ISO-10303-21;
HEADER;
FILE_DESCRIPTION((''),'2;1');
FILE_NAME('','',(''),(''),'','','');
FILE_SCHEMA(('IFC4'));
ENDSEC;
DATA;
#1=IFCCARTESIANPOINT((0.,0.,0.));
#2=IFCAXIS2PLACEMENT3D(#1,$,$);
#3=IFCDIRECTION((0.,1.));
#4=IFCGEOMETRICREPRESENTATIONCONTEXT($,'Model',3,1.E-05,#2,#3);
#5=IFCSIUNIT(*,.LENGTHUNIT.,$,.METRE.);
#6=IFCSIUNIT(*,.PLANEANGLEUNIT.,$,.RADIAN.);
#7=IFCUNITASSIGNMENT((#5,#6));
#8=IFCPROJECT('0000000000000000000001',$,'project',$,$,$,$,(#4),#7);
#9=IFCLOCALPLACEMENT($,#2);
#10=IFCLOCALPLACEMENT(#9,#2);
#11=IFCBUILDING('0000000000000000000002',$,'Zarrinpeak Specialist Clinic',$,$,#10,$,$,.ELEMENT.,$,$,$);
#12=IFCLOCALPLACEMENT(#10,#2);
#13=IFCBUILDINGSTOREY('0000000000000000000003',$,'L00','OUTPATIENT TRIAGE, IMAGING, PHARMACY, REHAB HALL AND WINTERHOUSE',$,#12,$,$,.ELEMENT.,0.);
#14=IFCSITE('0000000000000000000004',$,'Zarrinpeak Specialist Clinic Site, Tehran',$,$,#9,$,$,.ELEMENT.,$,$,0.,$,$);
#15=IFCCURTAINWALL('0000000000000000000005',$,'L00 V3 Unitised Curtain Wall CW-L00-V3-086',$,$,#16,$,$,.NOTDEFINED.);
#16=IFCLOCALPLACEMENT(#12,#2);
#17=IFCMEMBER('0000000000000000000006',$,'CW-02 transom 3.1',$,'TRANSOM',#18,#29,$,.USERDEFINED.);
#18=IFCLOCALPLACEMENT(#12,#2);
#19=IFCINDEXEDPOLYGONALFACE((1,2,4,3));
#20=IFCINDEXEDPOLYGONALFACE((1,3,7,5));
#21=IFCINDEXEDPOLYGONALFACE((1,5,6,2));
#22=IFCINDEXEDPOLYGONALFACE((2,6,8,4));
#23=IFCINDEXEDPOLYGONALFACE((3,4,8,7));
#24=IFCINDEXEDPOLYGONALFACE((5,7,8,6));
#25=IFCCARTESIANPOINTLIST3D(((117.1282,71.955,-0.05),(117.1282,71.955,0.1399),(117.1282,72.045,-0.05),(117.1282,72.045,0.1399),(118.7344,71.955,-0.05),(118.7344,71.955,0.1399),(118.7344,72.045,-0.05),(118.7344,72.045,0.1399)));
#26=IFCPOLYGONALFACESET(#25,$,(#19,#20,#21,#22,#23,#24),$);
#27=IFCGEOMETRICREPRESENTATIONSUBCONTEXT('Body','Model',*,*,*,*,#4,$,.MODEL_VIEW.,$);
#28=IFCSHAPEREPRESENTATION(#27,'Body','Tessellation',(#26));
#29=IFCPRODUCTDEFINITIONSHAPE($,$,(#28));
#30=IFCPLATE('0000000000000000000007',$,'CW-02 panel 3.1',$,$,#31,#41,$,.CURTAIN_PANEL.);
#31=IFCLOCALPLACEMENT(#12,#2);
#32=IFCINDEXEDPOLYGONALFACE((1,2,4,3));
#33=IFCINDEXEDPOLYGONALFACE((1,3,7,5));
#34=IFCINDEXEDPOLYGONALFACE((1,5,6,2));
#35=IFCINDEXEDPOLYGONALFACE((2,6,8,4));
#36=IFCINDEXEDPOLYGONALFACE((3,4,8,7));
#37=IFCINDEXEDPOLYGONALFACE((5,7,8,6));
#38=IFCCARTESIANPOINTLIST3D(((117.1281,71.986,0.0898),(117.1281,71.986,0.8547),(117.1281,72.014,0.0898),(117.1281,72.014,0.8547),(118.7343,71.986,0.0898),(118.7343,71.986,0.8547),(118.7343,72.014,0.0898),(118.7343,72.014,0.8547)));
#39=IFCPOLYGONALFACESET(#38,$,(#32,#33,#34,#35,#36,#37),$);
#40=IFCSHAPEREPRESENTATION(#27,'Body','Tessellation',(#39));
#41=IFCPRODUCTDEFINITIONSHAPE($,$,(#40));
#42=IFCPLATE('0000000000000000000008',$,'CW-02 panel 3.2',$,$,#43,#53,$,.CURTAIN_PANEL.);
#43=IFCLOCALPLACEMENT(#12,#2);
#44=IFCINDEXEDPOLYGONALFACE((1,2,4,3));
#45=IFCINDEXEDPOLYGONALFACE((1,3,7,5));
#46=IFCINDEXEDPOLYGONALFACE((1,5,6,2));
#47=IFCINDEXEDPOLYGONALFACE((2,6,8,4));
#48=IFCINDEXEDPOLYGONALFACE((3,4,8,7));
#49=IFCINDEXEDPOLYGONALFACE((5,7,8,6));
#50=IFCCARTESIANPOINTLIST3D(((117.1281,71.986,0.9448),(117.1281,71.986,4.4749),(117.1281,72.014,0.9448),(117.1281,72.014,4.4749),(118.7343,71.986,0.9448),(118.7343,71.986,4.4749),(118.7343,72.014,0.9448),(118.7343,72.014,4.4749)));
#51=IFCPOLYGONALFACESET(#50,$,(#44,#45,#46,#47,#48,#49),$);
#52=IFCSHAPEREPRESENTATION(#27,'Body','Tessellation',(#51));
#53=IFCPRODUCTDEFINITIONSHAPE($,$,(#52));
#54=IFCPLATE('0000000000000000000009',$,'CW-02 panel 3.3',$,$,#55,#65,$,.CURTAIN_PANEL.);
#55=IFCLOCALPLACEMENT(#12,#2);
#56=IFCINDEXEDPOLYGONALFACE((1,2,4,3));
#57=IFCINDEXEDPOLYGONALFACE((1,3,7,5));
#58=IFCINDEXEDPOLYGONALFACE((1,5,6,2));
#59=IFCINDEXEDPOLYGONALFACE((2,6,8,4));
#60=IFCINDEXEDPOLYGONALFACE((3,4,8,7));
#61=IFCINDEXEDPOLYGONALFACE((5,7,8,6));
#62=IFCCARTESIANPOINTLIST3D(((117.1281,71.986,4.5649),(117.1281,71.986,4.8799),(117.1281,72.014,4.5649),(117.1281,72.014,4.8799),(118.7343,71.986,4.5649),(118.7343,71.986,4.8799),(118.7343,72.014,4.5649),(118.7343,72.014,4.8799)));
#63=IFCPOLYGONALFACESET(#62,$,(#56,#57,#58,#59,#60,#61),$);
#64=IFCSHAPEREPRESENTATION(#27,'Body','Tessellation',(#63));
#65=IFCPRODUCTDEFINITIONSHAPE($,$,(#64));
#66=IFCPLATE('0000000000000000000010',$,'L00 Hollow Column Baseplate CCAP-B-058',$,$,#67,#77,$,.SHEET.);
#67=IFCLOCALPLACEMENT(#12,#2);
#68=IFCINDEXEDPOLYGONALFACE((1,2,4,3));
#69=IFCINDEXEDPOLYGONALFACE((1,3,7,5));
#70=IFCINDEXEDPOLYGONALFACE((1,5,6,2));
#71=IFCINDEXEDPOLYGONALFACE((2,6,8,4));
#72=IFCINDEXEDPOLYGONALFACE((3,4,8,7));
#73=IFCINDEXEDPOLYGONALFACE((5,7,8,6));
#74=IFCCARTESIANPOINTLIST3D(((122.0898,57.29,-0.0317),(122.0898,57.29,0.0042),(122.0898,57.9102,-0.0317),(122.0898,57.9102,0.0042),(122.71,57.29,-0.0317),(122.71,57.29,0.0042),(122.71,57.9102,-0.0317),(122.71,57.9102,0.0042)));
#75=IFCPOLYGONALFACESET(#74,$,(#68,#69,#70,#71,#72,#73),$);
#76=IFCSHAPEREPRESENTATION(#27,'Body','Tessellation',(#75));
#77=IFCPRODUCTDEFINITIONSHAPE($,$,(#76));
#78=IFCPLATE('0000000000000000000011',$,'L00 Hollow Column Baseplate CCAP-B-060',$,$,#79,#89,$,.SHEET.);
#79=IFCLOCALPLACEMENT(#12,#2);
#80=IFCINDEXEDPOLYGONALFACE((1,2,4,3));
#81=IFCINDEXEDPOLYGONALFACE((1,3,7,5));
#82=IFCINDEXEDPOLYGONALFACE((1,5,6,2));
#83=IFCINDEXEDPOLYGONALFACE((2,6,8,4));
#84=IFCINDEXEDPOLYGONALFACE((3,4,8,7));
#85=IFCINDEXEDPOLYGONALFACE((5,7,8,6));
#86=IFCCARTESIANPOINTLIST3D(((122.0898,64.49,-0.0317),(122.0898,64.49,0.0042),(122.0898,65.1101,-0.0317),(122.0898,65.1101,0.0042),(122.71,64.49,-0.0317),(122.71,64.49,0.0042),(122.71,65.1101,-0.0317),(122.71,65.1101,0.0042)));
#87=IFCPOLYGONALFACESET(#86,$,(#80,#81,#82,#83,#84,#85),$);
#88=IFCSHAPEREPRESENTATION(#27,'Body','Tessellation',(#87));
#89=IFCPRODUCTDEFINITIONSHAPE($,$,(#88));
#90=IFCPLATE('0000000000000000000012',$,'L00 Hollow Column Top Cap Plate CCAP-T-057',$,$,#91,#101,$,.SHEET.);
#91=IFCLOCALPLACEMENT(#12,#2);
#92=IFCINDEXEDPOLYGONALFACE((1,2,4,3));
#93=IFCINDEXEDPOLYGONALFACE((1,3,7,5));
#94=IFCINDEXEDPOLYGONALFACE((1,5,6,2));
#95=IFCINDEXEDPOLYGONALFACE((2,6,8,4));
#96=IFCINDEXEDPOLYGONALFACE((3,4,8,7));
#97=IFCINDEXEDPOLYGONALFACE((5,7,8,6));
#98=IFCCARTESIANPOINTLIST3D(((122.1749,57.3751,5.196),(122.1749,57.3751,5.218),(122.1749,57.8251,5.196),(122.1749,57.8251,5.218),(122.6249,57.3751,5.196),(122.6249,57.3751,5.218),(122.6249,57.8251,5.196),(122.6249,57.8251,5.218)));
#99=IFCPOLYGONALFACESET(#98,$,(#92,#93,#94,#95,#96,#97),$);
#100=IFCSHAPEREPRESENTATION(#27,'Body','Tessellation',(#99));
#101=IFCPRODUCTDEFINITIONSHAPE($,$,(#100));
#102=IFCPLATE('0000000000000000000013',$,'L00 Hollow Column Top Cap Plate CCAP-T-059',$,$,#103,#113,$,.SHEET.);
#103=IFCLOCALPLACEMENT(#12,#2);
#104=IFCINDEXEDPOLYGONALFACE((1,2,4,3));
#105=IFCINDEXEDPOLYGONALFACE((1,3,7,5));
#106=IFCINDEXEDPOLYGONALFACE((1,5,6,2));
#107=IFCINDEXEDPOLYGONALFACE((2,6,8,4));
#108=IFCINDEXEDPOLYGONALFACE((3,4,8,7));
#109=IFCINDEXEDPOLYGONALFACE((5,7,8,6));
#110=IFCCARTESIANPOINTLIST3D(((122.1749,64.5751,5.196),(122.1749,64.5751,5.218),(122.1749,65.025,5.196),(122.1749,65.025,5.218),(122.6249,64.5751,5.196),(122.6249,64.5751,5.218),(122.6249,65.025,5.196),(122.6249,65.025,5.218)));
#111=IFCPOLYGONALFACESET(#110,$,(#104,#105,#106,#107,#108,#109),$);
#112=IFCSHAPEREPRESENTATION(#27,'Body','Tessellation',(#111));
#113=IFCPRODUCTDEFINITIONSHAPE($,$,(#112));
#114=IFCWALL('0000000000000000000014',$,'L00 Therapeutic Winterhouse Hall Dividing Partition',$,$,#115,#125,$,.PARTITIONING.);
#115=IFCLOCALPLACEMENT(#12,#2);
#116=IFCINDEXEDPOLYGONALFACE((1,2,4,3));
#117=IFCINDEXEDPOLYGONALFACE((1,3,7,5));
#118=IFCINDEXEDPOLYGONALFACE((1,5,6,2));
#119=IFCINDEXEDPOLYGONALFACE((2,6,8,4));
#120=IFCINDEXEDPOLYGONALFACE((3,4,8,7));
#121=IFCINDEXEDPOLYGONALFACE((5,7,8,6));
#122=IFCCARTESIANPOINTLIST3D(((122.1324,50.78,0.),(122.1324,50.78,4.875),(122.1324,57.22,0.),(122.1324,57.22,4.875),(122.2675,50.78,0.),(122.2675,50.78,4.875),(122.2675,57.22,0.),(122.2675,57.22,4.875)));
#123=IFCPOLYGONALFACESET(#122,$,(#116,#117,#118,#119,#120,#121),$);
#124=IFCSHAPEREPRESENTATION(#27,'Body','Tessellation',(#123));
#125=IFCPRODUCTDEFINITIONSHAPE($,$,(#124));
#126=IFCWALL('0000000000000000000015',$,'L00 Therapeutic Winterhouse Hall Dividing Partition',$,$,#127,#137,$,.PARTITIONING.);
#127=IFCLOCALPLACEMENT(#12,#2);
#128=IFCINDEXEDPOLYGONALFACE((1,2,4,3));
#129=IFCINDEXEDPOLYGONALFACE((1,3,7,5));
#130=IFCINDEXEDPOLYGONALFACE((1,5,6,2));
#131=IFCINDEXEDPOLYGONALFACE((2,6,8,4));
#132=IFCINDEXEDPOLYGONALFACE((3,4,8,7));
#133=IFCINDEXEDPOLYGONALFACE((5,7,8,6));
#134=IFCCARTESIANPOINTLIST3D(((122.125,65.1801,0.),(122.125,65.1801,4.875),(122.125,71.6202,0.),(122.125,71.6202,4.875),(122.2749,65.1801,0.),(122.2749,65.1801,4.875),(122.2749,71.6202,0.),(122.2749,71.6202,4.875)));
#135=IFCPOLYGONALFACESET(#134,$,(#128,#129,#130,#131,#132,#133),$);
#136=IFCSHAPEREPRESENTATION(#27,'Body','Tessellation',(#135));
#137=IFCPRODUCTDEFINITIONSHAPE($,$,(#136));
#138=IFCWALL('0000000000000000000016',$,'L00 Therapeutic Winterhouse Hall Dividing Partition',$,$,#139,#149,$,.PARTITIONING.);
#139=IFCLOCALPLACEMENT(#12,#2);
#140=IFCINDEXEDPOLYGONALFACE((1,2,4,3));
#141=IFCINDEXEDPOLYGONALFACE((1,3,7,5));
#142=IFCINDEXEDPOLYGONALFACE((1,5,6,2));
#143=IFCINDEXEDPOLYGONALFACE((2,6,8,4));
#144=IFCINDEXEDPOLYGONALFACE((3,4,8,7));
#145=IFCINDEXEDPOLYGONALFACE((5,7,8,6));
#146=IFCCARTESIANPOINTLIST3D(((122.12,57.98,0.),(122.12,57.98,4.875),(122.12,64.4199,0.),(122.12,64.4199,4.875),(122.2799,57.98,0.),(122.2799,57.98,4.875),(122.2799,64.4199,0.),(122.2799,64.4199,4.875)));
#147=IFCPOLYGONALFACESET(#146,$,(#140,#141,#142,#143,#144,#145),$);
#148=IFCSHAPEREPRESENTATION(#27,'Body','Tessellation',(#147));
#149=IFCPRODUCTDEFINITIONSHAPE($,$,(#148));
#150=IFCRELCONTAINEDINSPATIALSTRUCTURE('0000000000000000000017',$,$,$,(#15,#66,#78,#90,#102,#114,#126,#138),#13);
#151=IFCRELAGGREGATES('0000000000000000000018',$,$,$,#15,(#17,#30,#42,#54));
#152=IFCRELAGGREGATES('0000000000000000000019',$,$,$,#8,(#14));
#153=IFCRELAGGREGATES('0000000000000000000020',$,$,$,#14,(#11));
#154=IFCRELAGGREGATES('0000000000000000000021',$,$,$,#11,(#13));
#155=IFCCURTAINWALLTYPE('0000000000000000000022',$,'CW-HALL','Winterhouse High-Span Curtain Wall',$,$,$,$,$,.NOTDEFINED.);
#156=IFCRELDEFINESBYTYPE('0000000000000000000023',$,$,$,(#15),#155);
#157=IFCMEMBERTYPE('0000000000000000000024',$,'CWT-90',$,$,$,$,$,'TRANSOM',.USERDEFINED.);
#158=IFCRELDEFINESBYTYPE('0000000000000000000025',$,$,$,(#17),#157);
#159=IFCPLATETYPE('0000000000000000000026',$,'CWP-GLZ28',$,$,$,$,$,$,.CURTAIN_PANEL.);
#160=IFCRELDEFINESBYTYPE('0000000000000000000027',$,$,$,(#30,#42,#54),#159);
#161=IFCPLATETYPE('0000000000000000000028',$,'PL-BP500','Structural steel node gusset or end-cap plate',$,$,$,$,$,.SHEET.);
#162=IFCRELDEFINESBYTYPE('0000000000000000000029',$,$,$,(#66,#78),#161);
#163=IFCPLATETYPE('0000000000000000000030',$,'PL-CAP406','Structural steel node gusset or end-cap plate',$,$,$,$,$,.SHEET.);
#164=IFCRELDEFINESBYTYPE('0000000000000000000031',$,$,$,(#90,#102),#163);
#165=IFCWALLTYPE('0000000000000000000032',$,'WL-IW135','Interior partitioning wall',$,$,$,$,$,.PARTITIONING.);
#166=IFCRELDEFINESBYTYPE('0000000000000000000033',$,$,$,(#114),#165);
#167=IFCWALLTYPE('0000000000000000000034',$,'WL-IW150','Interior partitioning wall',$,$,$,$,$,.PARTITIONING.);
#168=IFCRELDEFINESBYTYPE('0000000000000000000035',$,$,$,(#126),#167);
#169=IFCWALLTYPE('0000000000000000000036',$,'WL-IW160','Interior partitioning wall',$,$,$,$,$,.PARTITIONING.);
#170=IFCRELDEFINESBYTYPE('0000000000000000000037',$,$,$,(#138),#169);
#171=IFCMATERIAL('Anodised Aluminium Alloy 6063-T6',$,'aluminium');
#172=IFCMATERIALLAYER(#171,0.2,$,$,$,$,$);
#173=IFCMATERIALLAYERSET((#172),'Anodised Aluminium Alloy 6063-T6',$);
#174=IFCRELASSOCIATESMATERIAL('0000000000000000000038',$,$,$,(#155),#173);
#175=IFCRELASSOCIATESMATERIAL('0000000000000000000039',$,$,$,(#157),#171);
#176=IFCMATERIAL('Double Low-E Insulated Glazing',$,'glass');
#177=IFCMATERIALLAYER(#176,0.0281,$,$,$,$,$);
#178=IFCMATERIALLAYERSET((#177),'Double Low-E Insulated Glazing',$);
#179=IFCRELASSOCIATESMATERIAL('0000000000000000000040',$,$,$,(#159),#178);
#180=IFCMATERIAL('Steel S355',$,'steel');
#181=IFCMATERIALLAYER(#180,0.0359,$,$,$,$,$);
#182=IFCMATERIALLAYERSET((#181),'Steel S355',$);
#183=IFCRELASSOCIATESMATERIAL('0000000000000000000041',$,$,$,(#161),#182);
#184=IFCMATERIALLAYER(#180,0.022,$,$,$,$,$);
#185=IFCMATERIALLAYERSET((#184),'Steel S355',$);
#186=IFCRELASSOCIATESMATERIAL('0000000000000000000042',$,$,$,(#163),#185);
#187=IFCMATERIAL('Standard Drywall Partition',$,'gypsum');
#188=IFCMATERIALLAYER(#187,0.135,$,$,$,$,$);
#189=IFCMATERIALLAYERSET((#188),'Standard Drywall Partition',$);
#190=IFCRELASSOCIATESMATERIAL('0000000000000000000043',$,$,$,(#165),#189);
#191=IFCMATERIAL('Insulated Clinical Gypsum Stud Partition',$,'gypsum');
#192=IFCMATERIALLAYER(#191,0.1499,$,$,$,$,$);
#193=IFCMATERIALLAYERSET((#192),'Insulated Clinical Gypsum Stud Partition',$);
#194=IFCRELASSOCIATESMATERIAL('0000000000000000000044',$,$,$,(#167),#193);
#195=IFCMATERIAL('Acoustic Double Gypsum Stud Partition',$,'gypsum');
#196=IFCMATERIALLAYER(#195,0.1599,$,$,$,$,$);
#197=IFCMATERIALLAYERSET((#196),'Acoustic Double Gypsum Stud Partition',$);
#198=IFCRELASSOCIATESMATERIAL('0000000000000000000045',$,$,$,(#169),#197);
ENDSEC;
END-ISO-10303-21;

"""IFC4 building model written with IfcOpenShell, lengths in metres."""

from ifc_helpers import new_model, si_unit, direction, frame, frame_2d, origin, origin_2d, place, context, subcontext, project, spatial, rectangle, extrude, material, layer, layer_set, material_profile, profile_set, type_object, element, aggregate, save


model = new_model("IFC4")

# Units and contexts
model_context = context("Model", 3, precision=1e-05, world=origin(), true_north=direction((0.0, 1.0)))
body_context = subcontext(model_context, "Body", "Model", "MODEL_VIEW")
ifc_project = project(units=[si_unit("LENGTHUNIT", "METRE"), si_unit("PLANEANGLEUNIT", "RADIAN")], contexts=[model_context])

# Site, building, storey
site_placement = place(None, origin())
site = spatial("IfcSite", under=ifc_project, at=site_placement, Name="Zarrinpeak Specialist Clinic Site, Tehran", CompositionType="ELEMENT", RefElevation=0.0)
building_placement = place(site_placement, origin())
building = spatial("IfcBuilding", under=site, at=building_placement, Name="Zarrinpeak Specialist Clinic", CompositionType="ELEMENT")
storey_placement = place(building_placement, origin())
storey = spatial("IfcBuildingStorey", under=building, at=storey_placement, Name="L00", Description="OUTPATIENT TRIAGE, IMAGING, PHARMACY, REHAB HALL AND WINTERHOUSE", CompositionType="ELEMENT", Elevation=0.0)

# Shared definitions
ifc_material_1 = material(Name="Steel S355", Category="steel")

# Curtain wall, member, plates
ifc_material_2 = material(Name="Anodised Aluminium Alloy 6063-T6", Category="aluminium")
ifc_layer_1 = layer(ifc_material_2, 0.2)
ifc_layer_set_1 = layer_set([ifc_layer_1], Name="Anodised Aluminium Alloy 6063-T6")
curtain_wall_type = type_object("IfcCurtainWallType", Name="CW-HALL", Description="Winterhouse High-Span Curtain Wall", PredefinedType="NOTDEFINED", material=ifc_layer_set_1)
curtain_wall_placement = place(storey_placement, origin())
curtain_wall = element("IfcCurtainWall", 1, at=curtain_wall_placement, inside=storey, type_object=curtain_wall_type, Name="L00 V3 Unitised Curtain Wall CW-L00-V3-086", PredefinedType="NOTDEFINED")
ifc_material_profile_1 = material_profile(ifc_material_2, rectangle(XDim=0.0901, YDim=0.1899, at=origin_2d()), Name="ALU 90x190")
ifc_profile_set_1 = profile_set([ifc_material_profile_1], Name="Anodised Aluminium Alloy 6063-T6")
member_type = type_object("IfcMemberType", Name="CWT-90", ElementType="TRANSOM", PredefinedType="USERDEFINED", material=ifc_profile_set_1)
member_placement = place(storey_placement, frame((118.7344, 72.0, 0.0449), z_axis=(-1.0, 0.0, 0.0), x_axis=(0.0, -1.0, 0.0)))
member = element("IfcMember", 2, at=member_placement, type_object=member_type, Name="CW-02 transom 3.1", ObjectType="TRANSOM", PredefinedType="USERDEFINED", context=body_context, shape_type="SweptSolid", body=[
    extrude(rectangle(XDim=0.0901, YDim=0.1899, at=origin_2d()), origin(), (0.0, 0.0, 1.0), 1.6062),
])
ifc_material_3 = material(Name="Double Low-E Insulated Glazing", Category="glass")
ifc_layer_2 = layer(ifc_material_3, 0.0281)
ifc_layer_set_2 = layer_set([ifc_layer_2], Name="Double Low-E Insulated Glazing")
plate_type_1 = type_object("IfcPlateType", Name="CWP-GLZ28", PredefinedType="CURTAIN_PANEL", material=ifc_layer_set_2)
plate_1_placement = place(storey_placement, frame((117.9312, 72.0, 0.0898), z_axis=(0.0, 0.0, 1.0), x_axis=(-1.0, 0.0, 0.0)))
plate_1 = element("IfcPlate", 3, at=plate_1_placement, type_object=plate_type_1, Name="CW-02 panel 3.1", PredefinedType="CURTAIN_PANEL", context=body_context, shape_type="SweptSolid", body=[
    extrude(rectangle(XDim=1.6062, YDim=0.0281, at=origin_2d()), origin(), (0.0, 0.0, 1.0), 0.7649),
])
plate_2_placement = place(storey_placement, frame((117.9312, 72.0, 0.9448), z_axis=(0.0, 0.0, 1.0), x_axis=(-1.0, 0.0, 0.0)))
plate_2 = element("IfcPlate", 4, at=plate_2_placement, type_object=plate_type_1, Name="CW-02 panel 3.2", PredefinedType="CURTAIN_PANEL", context=body_context, shape_type="SweptSolid", body=[
    extrude(rectangle(XDim=1.6062, YDim=0.0281, at=origin_2d()), origin(), (0.0, 0.0, 1.0), 3.53),
])
plate_3_placement = place(storey_placement, frame((117.9312, 72.0, 4.5649), z_axis=(0.0, 0.0, 1.0), x_axis=(-1.0, 0.0, 0.0)))
plate_3 = element("IfcPlate", 5, at=plate_3_placement, type_object=plate_type_1, Name="CW-02 panel 3.3", PredefinedType="CURTAIN_PANEL", context=body_context, shape_type="SweptSolid", body=[
    extrude(rectangle(XDim=1.6062, YDim=0.0281, at=origin_2d()), origin(), (0.0, 0.0, 1.0), 0.3149),
])
aggregate(curtain_wall, [member, plate_1, plate_2, plate_3])

# Plates
ifc_layer_3 = layer(ifc_material_1, 0.0359)
ifc_layer_set_3 = layer_set([ifc_layer_3], Name="Steel S355")
plate_type_2 = type_object("IfcPlateType", Name="PL-BP500", Description="Structural steel node gusset or end-cap plate", PredefinedType="SHEET", material=ifc_layer_set_3)
for number, where, z_axis, x_axis, name in (
    (6, (122.3999, 57.6001, -0.0317), (0.0, 0.0, 1.0), (1.0, 0.0, 0.0), "L00 Hollow Column Baseplate CCAP-B-058"),
    (7, (122.3999, 64.8, -0.0317), (0.0, 0.0, 1.0), (1.0, 0.0, 0.0), "L00 Hollow Column Baseplate CCAP-B-060"),
):
    element("IfcPlate", number, at=place(storey_placement, frame(where, z_axis=z_axis, x_axis=x_axis)), inside=storey, type_object=plate_type_2, Name=name, PredefinedType="SHEET", context=body_context, shape_type="SweptSolid", body=[
        extrude(rectangle(XDim=0.6201, YDim=0.6201, at=origin_2d()), origin(), (0.0, 0.0, 1.0), 0.0359),
    ])
ifc_layer_4 = layer(ifc_material_1, 0.022)
ifc_layer_set_4 = layer_set([ifc_layer_4], Name="Steel S355")
plate_type_3 = type_object("IfcPlateType", Name="PL-CAP406", Description="Structural steel node gusset or end-cap plate", PredefinedType="SHEET", material=ifc_layer_set_4)
for number, where, z_axis, x_axis, name in (
    (8, (122.3999, 57.6001, 5.196), (0.0, 0.0, 1.0), (1.0, 0.0, 0.0), "L00 Hollow Column Top Cap Plate CCAP-T-057"),
    (9, (122.3999, 64.8, 5.196), (0.0, 0.0, 1.0), (1.0, 0.0, 0.0), "L00 Hollow Column Top Cap Plate CCAP-T-059"),
):
    element("IfcPlate", number, at=place(storey_placement, frame(where, z_axis=z_axis, x_axis=x_axis)), inside=storey, type_object=plate_type_3, Name=name, PredefinedType="SHEET", context=body_context, shape_type="SweptSolid", body=[
        extrude(rectangle(XDim=0.45, YDim=0.45, at=origin_2d()), origin(), (0.0, 0.0, 1.0), 0.022),
    ])

# Walls
ifc_material_4 = material(Name="Standard Drywall Partition", Category="gypsum")
ifc_layer_5 = layer(ifc_material_4, 0.135)
ifc_layer_set_5 = layer_set([ifc_layer_5], Name="Standard Drywall Partition")
wall_type_1 = type_object("IfcWallType", Name="WL-IW135", Description="Interior partitioning wall", PredefinedType="PARTITIONING", material=ifc_layer_set_5)
wall_1_placement = place(storey_placement, frame((122.2, 50.78, 0.0), z_axis=(0.0, 0.0, 1.0), x_axis=(0.0, 1.0, 0.0)))
element("IfcWall", 10, at=wall_1_placement, inside=storey, type_object=wall_type_1, Name="L00 Therapeutic Winterhouse Hall Dividing Partition", PredefinedType="PARTITIONING", context=body_context, shape_type="SweptSolid", body=[
    extrude(rectangle(XDim=6.4399, YDim=0.135, at=frame_2d((3.22, 0.0))), origin(), (0.0, 0.0, 1.0), 4.875),
])
ifc_material_5 = material(Name="Insulated Clinical Gypsum Stud Partition", Category="gypsum")
ifc_layer_6 = layer(ifc_material_5, 0.1499)
ifc_layer_set_6 = layer_set([ifc_layer_6], Name="Insulated Clinical Gypsum Stud Partition")
wall_type_2 = type_object("IfcWallType", Name="WL-IW150", Description="Interior partitioning wall", PredefinedType="PARTITIONING", material=ifc_layer_set_6)
wall_2_placement = place(storey_placement, frame((122.2, 65.1799, 0.0), z_axis=(0.0, 0.0, 1.0), x_axis=(0.0, 1.0, 0.0)))
element("IfcWall", 11, at=wall_2_placement, inside=storey, type_object=wall_type_2, Name="L00 Therapeutic Winterhouse Hall Dividing Partition", PredefinedType="PARTITIONING", context=body_context, shape_type="SweptSolid", body=[
    extrude(rectangle(XDim=6.4402, YDim=0.1499, at=frame_2d((3.2202, 0.0))), origin(), (0.0, 0.0, 1.0), 4.875),
])
ifc_material_6 = material(Name="Acoustic Double Gypsum Stud Partition", Category="gypsum")
ifc_layer_7 = layer(ifc_material_6, 0.1599)
ifc_layer_set_7 = layer_set([ifc_layer_7], Name="Acoustic Double Gypsum Stud Partition")
wall_type_3 = type_object("IfcWallType", Name="WL-IW160", Description="Interior partitioning wall", PredefinedType="PARTITIONING", material=ifc_layer_set_7)
wall_3_placement = place(storey_placement, frame((122.2, 57.98, 0.0), z_axis=(0.0, 0.0, 1.0), x_axis=(0.0, 1.0, 0.0)))
element("IfcWall", 12, at=wall_3_placement, inside=storey, type_object=wall_type_3, Name="L00 Therapeutic Winterhouse Hall Dividing Partition", PredefinedType="PARTITIONING", context=body_context, shape_type="SweptSolid", body=[
    extrude(rectangle(XDim=6.4399, YDim=0.1599, at=frame_2d((3.22, 0.0))), origin(), (0.0, 0.0, 1.0), 4.875),
])

save(model, "model.ifc")
